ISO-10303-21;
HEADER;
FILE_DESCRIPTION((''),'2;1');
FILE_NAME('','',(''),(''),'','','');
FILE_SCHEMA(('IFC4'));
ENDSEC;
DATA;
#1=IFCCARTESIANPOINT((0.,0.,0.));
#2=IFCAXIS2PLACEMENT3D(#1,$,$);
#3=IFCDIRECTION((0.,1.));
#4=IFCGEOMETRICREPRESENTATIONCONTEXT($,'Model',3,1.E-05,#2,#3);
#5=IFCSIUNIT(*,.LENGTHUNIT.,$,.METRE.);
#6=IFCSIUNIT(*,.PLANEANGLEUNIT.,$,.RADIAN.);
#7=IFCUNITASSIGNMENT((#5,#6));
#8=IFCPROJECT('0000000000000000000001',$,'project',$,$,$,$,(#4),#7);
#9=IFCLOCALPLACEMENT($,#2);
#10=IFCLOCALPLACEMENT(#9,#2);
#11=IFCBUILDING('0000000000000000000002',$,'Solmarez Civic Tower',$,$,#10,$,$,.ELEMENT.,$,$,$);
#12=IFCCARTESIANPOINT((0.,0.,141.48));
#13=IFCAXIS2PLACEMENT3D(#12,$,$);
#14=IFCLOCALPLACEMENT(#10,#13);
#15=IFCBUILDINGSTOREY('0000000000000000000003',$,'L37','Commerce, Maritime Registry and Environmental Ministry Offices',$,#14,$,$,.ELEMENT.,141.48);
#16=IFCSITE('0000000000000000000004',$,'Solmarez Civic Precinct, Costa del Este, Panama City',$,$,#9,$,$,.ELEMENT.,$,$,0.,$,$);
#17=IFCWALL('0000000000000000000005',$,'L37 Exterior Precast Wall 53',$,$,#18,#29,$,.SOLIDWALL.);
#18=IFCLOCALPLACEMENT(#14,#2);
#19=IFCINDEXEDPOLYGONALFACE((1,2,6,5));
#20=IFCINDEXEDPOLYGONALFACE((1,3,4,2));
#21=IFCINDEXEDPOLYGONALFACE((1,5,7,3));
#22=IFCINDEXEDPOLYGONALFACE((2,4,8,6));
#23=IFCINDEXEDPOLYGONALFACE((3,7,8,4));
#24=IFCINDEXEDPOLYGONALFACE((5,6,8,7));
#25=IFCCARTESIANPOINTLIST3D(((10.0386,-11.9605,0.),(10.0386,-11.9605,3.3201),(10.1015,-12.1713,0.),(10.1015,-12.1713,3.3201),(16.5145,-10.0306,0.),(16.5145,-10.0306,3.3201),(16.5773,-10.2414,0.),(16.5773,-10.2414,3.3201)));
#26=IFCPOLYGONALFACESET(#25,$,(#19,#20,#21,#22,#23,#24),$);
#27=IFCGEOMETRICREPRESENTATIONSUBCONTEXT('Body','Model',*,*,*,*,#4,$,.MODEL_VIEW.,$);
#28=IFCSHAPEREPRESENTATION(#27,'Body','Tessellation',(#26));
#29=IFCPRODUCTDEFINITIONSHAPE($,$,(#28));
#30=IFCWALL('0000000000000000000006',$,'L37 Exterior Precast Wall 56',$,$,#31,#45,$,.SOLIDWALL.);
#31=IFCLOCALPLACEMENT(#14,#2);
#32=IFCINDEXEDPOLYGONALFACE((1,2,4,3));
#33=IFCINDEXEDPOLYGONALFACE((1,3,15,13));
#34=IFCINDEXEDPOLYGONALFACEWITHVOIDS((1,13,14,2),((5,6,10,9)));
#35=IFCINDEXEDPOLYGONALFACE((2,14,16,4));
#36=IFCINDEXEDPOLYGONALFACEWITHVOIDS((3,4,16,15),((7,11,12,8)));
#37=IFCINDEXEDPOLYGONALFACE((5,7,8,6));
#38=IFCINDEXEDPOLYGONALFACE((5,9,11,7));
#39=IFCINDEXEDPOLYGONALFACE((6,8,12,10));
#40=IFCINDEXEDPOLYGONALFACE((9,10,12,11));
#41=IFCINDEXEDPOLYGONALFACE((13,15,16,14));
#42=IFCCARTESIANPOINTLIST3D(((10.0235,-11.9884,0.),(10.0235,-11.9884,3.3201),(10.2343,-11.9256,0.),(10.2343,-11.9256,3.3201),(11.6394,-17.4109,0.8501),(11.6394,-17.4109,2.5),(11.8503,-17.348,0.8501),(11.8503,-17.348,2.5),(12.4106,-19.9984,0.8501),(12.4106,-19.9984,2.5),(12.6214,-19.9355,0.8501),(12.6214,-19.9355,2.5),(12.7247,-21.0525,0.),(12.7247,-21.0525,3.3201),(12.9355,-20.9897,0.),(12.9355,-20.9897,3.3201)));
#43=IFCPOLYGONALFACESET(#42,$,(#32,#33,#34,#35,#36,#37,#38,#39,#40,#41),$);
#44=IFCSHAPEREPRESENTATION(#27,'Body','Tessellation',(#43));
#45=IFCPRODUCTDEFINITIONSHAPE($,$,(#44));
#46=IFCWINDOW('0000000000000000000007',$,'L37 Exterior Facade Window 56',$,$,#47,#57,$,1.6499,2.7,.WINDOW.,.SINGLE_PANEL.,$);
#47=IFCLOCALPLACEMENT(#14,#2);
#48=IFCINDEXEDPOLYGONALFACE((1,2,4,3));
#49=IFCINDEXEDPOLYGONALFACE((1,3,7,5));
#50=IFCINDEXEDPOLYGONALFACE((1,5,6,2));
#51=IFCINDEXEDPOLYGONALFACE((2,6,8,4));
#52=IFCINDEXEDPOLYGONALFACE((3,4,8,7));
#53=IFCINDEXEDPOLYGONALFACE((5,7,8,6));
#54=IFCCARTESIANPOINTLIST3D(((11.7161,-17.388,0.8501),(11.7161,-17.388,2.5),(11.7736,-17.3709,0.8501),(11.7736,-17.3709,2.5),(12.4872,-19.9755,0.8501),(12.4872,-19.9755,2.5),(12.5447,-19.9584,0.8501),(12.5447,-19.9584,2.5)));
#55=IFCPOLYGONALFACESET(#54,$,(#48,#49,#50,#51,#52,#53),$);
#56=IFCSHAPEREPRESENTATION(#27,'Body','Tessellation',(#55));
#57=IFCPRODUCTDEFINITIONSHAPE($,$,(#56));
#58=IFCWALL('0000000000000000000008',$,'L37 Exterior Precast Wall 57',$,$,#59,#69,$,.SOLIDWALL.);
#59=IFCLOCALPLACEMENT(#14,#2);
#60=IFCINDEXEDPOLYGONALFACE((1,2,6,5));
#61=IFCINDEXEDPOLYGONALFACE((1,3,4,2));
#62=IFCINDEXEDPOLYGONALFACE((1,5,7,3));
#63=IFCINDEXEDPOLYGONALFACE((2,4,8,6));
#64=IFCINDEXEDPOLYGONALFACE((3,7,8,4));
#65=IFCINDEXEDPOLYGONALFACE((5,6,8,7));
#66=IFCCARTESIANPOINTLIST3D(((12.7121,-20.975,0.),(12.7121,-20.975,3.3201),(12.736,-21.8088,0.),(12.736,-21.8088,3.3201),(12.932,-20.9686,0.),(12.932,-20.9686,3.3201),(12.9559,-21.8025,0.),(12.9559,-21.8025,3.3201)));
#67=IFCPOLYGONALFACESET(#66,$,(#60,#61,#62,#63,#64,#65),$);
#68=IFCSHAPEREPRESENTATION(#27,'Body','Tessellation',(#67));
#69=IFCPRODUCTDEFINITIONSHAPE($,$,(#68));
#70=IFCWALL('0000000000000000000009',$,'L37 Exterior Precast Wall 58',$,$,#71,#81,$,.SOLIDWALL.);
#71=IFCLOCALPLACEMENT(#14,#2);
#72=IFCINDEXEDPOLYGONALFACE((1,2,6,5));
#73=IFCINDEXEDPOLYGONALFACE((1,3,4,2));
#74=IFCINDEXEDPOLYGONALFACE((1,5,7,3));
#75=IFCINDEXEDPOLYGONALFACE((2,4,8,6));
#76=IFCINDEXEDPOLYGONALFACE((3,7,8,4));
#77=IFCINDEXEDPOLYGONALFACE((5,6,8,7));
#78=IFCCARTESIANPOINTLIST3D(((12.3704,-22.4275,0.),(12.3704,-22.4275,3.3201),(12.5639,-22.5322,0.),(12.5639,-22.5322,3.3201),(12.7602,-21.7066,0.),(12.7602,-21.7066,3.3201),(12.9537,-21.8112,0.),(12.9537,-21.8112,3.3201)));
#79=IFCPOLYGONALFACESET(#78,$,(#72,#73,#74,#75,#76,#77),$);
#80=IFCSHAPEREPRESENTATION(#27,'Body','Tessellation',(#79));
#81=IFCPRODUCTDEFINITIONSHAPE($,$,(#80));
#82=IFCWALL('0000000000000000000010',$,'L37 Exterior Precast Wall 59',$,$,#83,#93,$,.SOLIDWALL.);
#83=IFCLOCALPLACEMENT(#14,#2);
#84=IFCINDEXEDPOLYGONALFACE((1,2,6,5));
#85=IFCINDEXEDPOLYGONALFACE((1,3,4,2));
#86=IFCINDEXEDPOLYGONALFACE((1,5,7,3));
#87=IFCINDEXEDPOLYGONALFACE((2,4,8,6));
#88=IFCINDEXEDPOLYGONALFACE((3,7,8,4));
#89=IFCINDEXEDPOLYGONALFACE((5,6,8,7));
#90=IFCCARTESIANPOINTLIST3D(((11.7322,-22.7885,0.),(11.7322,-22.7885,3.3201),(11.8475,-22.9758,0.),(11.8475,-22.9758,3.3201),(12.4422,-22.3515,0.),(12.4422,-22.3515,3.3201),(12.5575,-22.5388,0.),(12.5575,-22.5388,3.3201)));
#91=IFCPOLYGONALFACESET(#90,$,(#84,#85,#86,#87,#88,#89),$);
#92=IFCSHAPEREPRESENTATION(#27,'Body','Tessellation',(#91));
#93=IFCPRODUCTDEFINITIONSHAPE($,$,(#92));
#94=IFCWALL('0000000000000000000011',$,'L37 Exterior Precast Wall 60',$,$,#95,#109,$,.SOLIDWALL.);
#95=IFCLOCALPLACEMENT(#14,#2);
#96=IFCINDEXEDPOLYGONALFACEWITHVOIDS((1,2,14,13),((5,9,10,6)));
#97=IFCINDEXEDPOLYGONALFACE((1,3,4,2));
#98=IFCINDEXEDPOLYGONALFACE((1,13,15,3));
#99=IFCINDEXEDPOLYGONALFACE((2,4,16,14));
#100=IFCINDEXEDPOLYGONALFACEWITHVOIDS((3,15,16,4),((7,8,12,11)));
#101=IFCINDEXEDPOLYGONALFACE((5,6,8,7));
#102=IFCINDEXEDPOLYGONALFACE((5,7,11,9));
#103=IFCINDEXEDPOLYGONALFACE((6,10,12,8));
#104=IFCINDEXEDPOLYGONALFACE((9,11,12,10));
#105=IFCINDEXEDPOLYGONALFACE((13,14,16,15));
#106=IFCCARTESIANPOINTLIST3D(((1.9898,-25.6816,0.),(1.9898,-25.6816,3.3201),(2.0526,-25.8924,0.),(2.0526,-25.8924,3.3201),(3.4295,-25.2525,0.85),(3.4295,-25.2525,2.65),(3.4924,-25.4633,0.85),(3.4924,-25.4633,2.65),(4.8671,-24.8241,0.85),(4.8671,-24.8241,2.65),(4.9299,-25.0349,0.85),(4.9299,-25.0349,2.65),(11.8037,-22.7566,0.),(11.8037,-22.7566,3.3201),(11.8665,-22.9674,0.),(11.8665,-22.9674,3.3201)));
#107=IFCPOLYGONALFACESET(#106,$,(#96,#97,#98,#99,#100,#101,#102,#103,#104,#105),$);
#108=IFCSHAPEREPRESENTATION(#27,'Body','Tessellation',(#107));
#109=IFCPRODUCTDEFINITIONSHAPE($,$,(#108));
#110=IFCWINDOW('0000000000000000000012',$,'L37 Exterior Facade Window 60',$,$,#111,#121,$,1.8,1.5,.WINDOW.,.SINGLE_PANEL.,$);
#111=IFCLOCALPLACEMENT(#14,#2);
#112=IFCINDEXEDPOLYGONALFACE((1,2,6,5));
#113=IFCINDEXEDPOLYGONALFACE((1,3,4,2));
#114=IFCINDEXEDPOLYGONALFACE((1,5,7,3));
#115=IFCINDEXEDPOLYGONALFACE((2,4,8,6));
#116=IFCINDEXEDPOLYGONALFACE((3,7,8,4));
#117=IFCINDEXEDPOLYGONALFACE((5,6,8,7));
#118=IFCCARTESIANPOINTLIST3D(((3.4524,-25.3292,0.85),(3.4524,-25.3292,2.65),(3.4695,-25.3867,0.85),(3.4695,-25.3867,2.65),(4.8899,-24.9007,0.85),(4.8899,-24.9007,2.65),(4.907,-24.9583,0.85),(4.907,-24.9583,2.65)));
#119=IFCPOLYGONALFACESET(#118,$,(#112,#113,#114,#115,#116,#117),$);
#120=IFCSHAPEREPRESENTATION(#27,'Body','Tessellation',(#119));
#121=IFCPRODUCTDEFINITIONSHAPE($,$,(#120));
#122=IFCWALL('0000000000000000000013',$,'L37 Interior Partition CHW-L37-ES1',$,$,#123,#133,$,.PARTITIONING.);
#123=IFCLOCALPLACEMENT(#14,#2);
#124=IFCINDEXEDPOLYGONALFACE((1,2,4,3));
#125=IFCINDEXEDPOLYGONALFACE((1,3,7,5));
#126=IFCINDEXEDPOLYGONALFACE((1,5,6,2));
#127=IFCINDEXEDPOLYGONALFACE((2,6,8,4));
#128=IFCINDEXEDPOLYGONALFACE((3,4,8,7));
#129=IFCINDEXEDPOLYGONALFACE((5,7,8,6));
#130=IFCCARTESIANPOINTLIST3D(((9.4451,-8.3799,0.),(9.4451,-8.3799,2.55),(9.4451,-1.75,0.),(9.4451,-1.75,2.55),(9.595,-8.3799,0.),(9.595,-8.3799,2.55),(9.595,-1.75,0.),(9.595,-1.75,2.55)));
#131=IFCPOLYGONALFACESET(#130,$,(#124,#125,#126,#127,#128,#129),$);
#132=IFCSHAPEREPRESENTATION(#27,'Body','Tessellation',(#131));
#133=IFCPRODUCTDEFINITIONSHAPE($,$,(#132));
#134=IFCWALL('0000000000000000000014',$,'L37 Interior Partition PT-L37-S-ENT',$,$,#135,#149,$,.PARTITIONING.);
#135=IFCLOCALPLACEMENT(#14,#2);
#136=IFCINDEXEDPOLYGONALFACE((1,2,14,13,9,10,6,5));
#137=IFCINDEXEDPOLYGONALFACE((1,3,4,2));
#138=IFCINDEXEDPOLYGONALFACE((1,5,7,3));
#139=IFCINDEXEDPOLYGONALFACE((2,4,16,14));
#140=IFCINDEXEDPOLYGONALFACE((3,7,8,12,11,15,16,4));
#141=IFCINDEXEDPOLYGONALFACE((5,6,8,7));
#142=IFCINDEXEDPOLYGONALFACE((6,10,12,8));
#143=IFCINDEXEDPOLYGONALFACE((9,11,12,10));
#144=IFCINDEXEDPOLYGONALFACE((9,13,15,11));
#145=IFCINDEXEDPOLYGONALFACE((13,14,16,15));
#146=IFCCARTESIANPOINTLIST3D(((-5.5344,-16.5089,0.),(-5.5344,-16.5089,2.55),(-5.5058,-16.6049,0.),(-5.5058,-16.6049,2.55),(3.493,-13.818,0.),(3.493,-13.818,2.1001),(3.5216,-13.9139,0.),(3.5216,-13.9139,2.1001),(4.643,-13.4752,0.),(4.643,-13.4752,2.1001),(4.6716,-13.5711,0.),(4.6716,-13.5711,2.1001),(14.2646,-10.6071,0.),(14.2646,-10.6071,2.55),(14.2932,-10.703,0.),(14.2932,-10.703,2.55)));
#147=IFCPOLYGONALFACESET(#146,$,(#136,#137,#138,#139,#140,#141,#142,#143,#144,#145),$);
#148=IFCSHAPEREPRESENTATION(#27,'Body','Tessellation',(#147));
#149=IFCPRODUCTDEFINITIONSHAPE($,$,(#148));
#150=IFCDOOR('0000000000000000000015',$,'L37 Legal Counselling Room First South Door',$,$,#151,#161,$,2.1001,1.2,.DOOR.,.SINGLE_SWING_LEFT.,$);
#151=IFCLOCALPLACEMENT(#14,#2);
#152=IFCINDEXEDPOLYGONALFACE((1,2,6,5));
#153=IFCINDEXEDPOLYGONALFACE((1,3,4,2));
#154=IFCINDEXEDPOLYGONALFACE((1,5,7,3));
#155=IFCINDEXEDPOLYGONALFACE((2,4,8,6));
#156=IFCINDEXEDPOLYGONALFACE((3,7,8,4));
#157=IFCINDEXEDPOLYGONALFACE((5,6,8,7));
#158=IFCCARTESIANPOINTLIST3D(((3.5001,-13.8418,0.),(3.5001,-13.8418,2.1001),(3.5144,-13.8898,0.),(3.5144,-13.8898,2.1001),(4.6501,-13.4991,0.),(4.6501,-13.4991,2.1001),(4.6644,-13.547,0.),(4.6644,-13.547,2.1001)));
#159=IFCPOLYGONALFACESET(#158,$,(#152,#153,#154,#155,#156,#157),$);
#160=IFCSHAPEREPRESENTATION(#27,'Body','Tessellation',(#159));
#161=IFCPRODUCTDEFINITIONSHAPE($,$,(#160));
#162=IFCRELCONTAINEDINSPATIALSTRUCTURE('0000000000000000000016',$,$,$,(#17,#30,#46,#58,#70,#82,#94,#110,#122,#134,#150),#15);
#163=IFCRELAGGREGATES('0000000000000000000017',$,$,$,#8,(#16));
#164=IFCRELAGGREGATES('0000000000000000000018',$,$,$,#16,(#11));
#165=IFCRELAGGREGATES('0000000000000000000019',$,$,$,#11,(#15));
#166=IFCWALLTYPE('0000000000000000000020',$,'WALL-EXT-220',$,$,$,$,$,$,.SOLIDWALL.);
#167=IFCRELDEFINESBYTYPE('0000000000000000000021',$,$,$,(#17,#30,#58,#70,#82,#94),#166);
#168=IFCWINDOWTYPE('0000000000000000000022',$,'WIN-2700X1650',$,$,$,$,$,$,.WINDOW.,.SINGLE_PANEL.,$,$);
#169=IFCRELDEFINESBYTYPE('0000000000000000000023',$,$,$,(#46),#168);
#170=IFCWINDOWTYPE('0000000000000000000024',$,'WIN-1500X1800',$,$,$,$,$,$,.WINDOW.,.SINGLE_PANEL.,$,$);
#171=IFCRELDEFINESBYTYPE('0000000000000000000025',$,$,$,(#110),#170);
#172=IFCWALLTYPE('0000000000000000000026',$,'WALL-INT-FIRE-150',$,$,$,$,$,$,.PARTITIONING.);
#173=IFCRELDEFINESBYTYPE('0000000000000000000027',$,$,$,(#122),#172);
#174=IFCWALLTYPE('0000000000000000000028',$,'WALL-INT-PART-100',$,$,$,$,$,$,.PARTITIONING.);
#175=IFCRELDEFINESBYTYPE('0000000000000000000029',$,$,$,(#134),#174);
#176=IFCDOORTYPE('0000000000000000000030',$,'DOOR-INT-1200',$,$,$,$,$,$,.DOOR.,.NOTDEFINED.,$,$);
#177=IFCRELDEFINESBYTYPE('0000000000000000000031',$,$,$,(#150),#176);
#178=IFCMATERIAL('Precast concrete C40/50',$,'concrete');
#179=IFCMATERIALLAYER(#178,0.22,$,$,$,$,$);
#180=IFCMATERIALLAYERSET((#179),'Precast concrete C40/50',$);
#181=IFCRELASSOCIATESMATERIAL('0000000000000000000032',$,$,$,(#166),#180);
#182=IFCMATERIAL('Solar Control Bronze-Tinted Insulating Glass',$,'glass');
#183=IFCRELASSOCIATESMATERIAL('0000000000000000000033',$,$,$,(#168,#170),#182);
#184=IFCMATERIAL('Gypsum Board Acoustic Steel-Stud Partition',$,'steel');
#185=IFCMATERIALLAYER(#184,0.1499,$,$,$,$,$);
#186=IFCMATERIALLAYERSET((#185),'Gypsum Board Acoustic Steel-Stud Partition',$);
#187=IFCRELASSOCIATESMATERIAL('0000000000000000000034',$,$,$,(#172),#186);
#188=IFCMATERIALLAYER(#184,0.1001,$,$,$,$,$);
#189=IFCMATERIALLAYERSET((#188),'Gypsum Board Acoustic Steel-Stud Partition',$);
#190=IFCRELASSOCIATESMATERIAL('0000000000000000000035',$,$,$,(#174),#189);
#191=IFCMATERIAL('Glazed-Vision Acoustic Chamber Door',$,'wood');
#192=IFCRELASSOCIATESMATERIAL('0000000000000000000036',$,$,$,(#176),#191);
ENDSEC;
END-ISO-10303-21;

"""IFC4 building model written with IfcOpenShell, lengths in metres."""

from ifc_helpers import new_model, si_unit, direction, frame, frame_2d, origin, place, context, subcontext, project, spatial, rectangle, extrude, material, layer, layer_set, type_object, element, fill, save


model = new_model("IFC4")

# Units and contexts
model_context = context("Model", 3, precision=1e-05, world=origin(), true_north=direction((0.0, 1.0)))
body_context = subcontext(model_context, "Body", "Model", "MODEL_VIEW")
ifc_project = project(units=[si_unit("LENGTHUNIT", "METRE"), si_unit("PLANEANGLEUNIT", "RADIAN")], contexts=[model_context])

# Site, building, storey
site_placement = place(None, origin())
site = spatial("IfcSite", under=ifc_project, at=site_placement, Name="Solmarez Civic Precinct, Costa del Este, Panama City", CompositionType="ELEMENT", RefElevation=0.0)
building_placement = place(site_placement, origin())
building = spatial("IfcBuilding", under=site, at=building_placement, Name="Solmarez Civic Tower", CompositionType="ELEMENT")
storey_placement = place(building_placement, frame((0.0, 0.0, 141.48)))
storey = spatial("IfcBuildingStorey", under=building, at=storey_placement, Name="L37", Description="Commerce, Maritime Registry and Environmental Ministry Offices", CompositionType="ELEMENT", Elevation=141.48)

# Wall
ifc_material_1 = material(Name="Precast concrete C40/50", Category="concrete")
ifc_layer_1 = layer(ifc_material_1, 0.22)
ifc_layer_set_1 = layer_set([ifc_layer_1], Name="Precast concrete C40/50")
wall_type_1 = type_object("IfcWallType", Name="WALL-EXT-220", PredefinedType="SOLIDWALL", material=ifc_layer_set_1)
wall_1_placement = place(storey_placement, frame((16.5459, -10.136, 0.0), z_axis=(0.0, 0.0, 1.0), x_axis=(-0.958347, -0.285607, 0.0)))
element("IfcWall", 1, at=wall_1_placement, inside=storey, type_object=wall_type_1, Name="L37 Exterior Precast Wall 53", PredefinedType="SOLIDWALL", context=body_context, shape_type="SweptSolid", body=[
    extrude(rectangle(XDim=6.7573, YDim=0.22, at=frame_2d((3.3787, 0.0))), origin(), (0.0, 0.0, 1.0), 3.3201),
])

# Wall, opening, window
wall_2_placement = place(storey_placement, frame((10.1289, -11.957, 0.0), z_axis=(0.0, 0.0, 1.0), x_axis=(0.2856, -0.958349, 0.0)))
wall_2 = element("IfcWall", 2, at=wall_2_placement, inside=storey, type_object=wall_type_1, Name="L37 Exterior Precast Wall 56", PredefinedType="SOLIDWALL", context=body_context, shape_type="SweptSolid", body=[
    extrude(rectangle(XDim=9.458, YDim=0.22, at=frame_2d((4.729, 0.0))), origin(), (0.0, 0.0, 1.0), 3.3201),
])
opening_1_placement = place(wall_2_placement, frame((5.658, 0.0, 0.8501)))
opening_1 = element("IfcOpeningElement", 3, at=opening_1_placement, cuts=wall_2, PredefinedType="OPENING", context=body_context, shape_type="SweptSolid", body=[
    extrude(rectangle(XDim=2.7, YDim=1.6499, at=frame_2d((1.3501, 0.825))), frame((0.0, 0.1199, 0.0), z_axis=(0.0, -1.0, 0.0), x_axis=(1.0, 0.0, 0.0)), (0.0, 0.0, 1.0), 0.24),
])
ifc_material_2 = material(Name="Solar Control Bronze-Tinted Insulating Glass", Category="glass")
window_type_1 = type_object("IfcWindowType", Name="WIN-2700X1650", PartitioningType="SINGLE_PANEL", PredefinedType="WINDOW", material=ifc_material_2)
window_1_placement = place(opening_1_placement, origin())
window_1 = element("IfcWindow", 4, at=window_1_placement, inside=storey, type_object=window_type_1, Name="L37 Exterior Facade Window 56", OverallHeight=1.6499, OverallWidth=2.7, PartitioningType="SINGLE_PANEL", PredefinedType="WINDOW", context=body_context, shape_type="SweptSolid", body=[
    extrude(rectangle(XDim=2.7, YDim=1.6499, at=frame_2d((1.3501, 0.825))), frame((0.0, 0.03, 0.0), z_axis=(0.0, -1.0, 0.0), x_axis=(1.0, 0.0, 0.0)), (0.0, 0.0, 1.0), 0.0601),
])
fill(opening_1, window_1)

# Walls
wall_3_placement = place(storey_placement, frame((12.822, -20.9719, 0.0), z_axis=(0.0, 0.0, 1.0), x_axis=(0.028677, -0.999589, 0.0)))
element("IfcWall", 5, at=wall_3_placement, inside=storey, type_object=wall_type_1, Name="L37 Exterior Precast Wall 57", PredefinedType="SOLIDWALL", context=body_context, shape_type="SweptSolid", body=[
    extrude(rectangle(XDim=0.8342, YDim=0.22, at=frame_2d((0.417, 0.0))), origin(), (0.0, 0.0, 1.0), 3.3201),
])
wall_4_placement = place(storey_placement, frame((12.8569, -21.759, 0.0), z_axis=(0.0, 0.0, 1.0), x_axis=(-0.475698, -0.879609, 0.0)))
element("IfcWall", 6, at=wall_4_placement, inside=storey, type_object=wall_type_1, Name="L37 Exterior Precast Wall 58", PredefinedType="SOLIDWALL", context=body_context, shape_type="SweptSolid", body=[
    extrude(rectangle(XDim=0.8196, YDim=0.22, at=frame_2d((0.4097, 0.0))), origin(), (0.0, 0.0, 1.0), 3.3201),
])
wall_5_placement = place(storey_placement, frame((12.5, -22.4451, 0.0), z_axis=(0.0, 0.0, 1.0), x_axis=(-0.851598, -0.524195, 0.0)))
element("IfcWall", 7, at=wall_5_placement, inside=storey, type_object=wall_type_1, Name="L37 Exterior Precast Wall 59", PredefinedType="SOLIDWALL", context=body_context, shape_type="SweptSolid", body=[
    extrude(rectangle(XDim=0.8337, YDim=0.22, at=frame_2d((0.417, 0.0))), origin(), (0.0, 0.0, 1.0), 3.3201),
])

# Wall, opening, window
wall_6_placement = place(storey_placement, frame((11.835, -22.8621, 0.0), z_axis=(0.0, 0.0, 1.0), x_axis=(-0.958339, -0.285633, 0.0)))
wall_6 = element("IfcWall", 8, at=wall_6_placement, inside=storey, type_object=wall_type_1, Name="L37 Exterior Precast Wall 60", PredefinedType="SOLIDWALL", context=body_context, shape_type="SweptSolid", body=[
    extrude(rectangle(XDim=10.2405, YDim=0.22, at=frame_2d((5.1201, 0.0))), origin(), (0.0, 0.0, 1.0), 3.3201),
])
opening_2_placement = place(wall_6_placement, frame((7.238, 0.0, 0.8501)))
opening_2 = element("IfcOpeningElement", 9, at=opening_2_placement, cuts=wall_6, PredefinedType="OPENING", context=body_context, shape_type="SweptSolid", body=[
    extrude(rectangle(XDim=1.5, YDim=1.8, at=frame_2d((0.75, 0.8999))), frame((0.0, 0.1199, 0.0), z_axis=(0.0, -1.0, 0.0), x_axis=(1.0, 0.0, 0.0)), (0.0, 0.0, 1.0), 0.24),
])
window_type_2 = type_object("IfcWindowType", Name="WIN-1500X1800", PartitioningType="SINGLE_PANEL", PredefinedType="WINDOW", material=ifc_material_2)
window_2_placement = place(opening_2_placement, origin())
window_2 = element("IfcWindow", 10, at=window_2_placement, inside=storey, type_object=window_type_2, Name="L37 Exterior Facade Window 60", OverallHeight=1.8, OverallWidth=1.5, PartitioningType="SINGLE_PANEL", PredefinedType="WINDOW", context=body_context, shape_type="SweptSolid", body=[
    extrude(rectangle(XDim=1.5, YDim=1.8, at=frame_2d((0.75, 0.8999))), frame((0.0, 0.03, 0.0), z_axis=(0.0, -1.0, 0.0), x_axis=(1.0, 0.0, 0.0)), (0.0, 0.0, 1.0), 0.0601),
])
fill(opening_2, window_2)

# Wall
ifc_material_3 = material(Name="Gypsum Board Acoustic Steel-Stud Partition", Category="steel")
ifc_layer_2 = layer(ifc_material_3, 0.1499)
ifc_layer_set_2 = layer_set([ifc_layer_2], Name="Gypsum Board Acoustic Steel-Stud Partition")
wall_type_2 = type_object("IfcWallType", Name="WALL-INT-FIRE-150", PredefinedType="PARTITIONING", material=ifc_layer_set_2)
wall_7_placement = place(storey_placement, frame((9.52, -8.3799, 0.0), z_axis=(0.0, 0.0, 1.0), x_axis=(0.0, 1.0, 0.0)))
element("IfcWall", 11, at=wall_7_placement, inside=storey, type_object=wall_type_2, Name="L37 Interior Partition CHW-L37-ES1", PredefinedType="PARTITIONING", context=body_context, shape_type="SweptSolid", body=[
    extrude(rectangle(XDim=6.6299, YDim=0.1499, at=frame_2d((3.3149, 0.0))), origin(), (0.0, 0.0, 1.0), 2.55),
])

# Wall, opening, door
ifc_layer_3 = layer(ifc_material_3, 0.1001)
ifc_layer_set_3 = layer_set([ifc_layer_3], Name="Gypsum Board Acoustic Steel-Stud Partition")
wall_type_3 = type_object("IfcWallType", Name="WALL-INT-PART-100", PredefinedType="PARTITIONING", material=ifc_layer_set_3)
wall_8_placement = place(storey_placement, frame((14.2791, -10.655, 0.0), z_axis=(0.0, 0.0, 1.0), x_axis=(-0.958329, -0.285666, 0.0)))
wall_8 = element("IfcWall", 12, at=wall_8_placement, inside=storey, type_object=wall_type_3, Name="L37 Interior Partition PT-L37-S-ENT", PredefinedType="PARTITIONING", context=body_context, shape_type="SweptSolid", body=[
    extrude(rectangle(XDim=20.6599, YDim=0.1001, at=frame_2d((10.3301, 0.0))), origin(), (0.0, 0.0, 1.0), 2.55),
])
opening_3_placement = place(wall_8_placement, frame((10.04, 0.0, 0.0)))
opening_3 = element("IfcOpeningElement", 13, at=opening_3_placement, cuts=wall_8, PredefinedType="OPENING", context=body_context, shape_type="SweptSolid", body=[
    extrude(rectangle(XDim=1.2, YDim=2.1001, at=frame_2d((0.6001, 1.05))), frame((0.0, 0.0601, 0.0), z_axis=(0.0, -1.0, 0.0), x_axis=(1.0, 0.0, 0.0)), (0.0, 0.0, 1.0), 0.1201),
])
ifc_material_4 = material(Name="Glazed-Vision Acoustic Chamber Door", Category="wood")
door_type = type_object("IfcDoorType", Name="DOOR-INT-1200", OperationType="NOTDEFINED", PredefinedType="DOOR", material=ifc_material_4)
door_placement = place(opening_3_placement, origin())
door = element("IfcDoor", 14, at=door_placement, inside=storey, type_object=door_type, Name="L37 Legal Counselling Room First South Door", OperationType="SINGLE_SWING_LEFT", OverallHeight=2.1001, OverallWidth=1.2, PredefinedType="DOOR", context=body_context, shape_type="SweptSolid", body=[
    extrude(rectangle(XDim=1.2, YDim=2.1001, at=frame_2d((0.6001, 1.05))), frame((0.0, 0.0249, 0.0), z_axis=(0.0, -1.0, 0.0), x_axis=(1.0, 0.0, 0.0)), (0.0, 0.0, 1.0), 0.05),
])
fill(opening_3, door)

save(model, "model.ifc")
